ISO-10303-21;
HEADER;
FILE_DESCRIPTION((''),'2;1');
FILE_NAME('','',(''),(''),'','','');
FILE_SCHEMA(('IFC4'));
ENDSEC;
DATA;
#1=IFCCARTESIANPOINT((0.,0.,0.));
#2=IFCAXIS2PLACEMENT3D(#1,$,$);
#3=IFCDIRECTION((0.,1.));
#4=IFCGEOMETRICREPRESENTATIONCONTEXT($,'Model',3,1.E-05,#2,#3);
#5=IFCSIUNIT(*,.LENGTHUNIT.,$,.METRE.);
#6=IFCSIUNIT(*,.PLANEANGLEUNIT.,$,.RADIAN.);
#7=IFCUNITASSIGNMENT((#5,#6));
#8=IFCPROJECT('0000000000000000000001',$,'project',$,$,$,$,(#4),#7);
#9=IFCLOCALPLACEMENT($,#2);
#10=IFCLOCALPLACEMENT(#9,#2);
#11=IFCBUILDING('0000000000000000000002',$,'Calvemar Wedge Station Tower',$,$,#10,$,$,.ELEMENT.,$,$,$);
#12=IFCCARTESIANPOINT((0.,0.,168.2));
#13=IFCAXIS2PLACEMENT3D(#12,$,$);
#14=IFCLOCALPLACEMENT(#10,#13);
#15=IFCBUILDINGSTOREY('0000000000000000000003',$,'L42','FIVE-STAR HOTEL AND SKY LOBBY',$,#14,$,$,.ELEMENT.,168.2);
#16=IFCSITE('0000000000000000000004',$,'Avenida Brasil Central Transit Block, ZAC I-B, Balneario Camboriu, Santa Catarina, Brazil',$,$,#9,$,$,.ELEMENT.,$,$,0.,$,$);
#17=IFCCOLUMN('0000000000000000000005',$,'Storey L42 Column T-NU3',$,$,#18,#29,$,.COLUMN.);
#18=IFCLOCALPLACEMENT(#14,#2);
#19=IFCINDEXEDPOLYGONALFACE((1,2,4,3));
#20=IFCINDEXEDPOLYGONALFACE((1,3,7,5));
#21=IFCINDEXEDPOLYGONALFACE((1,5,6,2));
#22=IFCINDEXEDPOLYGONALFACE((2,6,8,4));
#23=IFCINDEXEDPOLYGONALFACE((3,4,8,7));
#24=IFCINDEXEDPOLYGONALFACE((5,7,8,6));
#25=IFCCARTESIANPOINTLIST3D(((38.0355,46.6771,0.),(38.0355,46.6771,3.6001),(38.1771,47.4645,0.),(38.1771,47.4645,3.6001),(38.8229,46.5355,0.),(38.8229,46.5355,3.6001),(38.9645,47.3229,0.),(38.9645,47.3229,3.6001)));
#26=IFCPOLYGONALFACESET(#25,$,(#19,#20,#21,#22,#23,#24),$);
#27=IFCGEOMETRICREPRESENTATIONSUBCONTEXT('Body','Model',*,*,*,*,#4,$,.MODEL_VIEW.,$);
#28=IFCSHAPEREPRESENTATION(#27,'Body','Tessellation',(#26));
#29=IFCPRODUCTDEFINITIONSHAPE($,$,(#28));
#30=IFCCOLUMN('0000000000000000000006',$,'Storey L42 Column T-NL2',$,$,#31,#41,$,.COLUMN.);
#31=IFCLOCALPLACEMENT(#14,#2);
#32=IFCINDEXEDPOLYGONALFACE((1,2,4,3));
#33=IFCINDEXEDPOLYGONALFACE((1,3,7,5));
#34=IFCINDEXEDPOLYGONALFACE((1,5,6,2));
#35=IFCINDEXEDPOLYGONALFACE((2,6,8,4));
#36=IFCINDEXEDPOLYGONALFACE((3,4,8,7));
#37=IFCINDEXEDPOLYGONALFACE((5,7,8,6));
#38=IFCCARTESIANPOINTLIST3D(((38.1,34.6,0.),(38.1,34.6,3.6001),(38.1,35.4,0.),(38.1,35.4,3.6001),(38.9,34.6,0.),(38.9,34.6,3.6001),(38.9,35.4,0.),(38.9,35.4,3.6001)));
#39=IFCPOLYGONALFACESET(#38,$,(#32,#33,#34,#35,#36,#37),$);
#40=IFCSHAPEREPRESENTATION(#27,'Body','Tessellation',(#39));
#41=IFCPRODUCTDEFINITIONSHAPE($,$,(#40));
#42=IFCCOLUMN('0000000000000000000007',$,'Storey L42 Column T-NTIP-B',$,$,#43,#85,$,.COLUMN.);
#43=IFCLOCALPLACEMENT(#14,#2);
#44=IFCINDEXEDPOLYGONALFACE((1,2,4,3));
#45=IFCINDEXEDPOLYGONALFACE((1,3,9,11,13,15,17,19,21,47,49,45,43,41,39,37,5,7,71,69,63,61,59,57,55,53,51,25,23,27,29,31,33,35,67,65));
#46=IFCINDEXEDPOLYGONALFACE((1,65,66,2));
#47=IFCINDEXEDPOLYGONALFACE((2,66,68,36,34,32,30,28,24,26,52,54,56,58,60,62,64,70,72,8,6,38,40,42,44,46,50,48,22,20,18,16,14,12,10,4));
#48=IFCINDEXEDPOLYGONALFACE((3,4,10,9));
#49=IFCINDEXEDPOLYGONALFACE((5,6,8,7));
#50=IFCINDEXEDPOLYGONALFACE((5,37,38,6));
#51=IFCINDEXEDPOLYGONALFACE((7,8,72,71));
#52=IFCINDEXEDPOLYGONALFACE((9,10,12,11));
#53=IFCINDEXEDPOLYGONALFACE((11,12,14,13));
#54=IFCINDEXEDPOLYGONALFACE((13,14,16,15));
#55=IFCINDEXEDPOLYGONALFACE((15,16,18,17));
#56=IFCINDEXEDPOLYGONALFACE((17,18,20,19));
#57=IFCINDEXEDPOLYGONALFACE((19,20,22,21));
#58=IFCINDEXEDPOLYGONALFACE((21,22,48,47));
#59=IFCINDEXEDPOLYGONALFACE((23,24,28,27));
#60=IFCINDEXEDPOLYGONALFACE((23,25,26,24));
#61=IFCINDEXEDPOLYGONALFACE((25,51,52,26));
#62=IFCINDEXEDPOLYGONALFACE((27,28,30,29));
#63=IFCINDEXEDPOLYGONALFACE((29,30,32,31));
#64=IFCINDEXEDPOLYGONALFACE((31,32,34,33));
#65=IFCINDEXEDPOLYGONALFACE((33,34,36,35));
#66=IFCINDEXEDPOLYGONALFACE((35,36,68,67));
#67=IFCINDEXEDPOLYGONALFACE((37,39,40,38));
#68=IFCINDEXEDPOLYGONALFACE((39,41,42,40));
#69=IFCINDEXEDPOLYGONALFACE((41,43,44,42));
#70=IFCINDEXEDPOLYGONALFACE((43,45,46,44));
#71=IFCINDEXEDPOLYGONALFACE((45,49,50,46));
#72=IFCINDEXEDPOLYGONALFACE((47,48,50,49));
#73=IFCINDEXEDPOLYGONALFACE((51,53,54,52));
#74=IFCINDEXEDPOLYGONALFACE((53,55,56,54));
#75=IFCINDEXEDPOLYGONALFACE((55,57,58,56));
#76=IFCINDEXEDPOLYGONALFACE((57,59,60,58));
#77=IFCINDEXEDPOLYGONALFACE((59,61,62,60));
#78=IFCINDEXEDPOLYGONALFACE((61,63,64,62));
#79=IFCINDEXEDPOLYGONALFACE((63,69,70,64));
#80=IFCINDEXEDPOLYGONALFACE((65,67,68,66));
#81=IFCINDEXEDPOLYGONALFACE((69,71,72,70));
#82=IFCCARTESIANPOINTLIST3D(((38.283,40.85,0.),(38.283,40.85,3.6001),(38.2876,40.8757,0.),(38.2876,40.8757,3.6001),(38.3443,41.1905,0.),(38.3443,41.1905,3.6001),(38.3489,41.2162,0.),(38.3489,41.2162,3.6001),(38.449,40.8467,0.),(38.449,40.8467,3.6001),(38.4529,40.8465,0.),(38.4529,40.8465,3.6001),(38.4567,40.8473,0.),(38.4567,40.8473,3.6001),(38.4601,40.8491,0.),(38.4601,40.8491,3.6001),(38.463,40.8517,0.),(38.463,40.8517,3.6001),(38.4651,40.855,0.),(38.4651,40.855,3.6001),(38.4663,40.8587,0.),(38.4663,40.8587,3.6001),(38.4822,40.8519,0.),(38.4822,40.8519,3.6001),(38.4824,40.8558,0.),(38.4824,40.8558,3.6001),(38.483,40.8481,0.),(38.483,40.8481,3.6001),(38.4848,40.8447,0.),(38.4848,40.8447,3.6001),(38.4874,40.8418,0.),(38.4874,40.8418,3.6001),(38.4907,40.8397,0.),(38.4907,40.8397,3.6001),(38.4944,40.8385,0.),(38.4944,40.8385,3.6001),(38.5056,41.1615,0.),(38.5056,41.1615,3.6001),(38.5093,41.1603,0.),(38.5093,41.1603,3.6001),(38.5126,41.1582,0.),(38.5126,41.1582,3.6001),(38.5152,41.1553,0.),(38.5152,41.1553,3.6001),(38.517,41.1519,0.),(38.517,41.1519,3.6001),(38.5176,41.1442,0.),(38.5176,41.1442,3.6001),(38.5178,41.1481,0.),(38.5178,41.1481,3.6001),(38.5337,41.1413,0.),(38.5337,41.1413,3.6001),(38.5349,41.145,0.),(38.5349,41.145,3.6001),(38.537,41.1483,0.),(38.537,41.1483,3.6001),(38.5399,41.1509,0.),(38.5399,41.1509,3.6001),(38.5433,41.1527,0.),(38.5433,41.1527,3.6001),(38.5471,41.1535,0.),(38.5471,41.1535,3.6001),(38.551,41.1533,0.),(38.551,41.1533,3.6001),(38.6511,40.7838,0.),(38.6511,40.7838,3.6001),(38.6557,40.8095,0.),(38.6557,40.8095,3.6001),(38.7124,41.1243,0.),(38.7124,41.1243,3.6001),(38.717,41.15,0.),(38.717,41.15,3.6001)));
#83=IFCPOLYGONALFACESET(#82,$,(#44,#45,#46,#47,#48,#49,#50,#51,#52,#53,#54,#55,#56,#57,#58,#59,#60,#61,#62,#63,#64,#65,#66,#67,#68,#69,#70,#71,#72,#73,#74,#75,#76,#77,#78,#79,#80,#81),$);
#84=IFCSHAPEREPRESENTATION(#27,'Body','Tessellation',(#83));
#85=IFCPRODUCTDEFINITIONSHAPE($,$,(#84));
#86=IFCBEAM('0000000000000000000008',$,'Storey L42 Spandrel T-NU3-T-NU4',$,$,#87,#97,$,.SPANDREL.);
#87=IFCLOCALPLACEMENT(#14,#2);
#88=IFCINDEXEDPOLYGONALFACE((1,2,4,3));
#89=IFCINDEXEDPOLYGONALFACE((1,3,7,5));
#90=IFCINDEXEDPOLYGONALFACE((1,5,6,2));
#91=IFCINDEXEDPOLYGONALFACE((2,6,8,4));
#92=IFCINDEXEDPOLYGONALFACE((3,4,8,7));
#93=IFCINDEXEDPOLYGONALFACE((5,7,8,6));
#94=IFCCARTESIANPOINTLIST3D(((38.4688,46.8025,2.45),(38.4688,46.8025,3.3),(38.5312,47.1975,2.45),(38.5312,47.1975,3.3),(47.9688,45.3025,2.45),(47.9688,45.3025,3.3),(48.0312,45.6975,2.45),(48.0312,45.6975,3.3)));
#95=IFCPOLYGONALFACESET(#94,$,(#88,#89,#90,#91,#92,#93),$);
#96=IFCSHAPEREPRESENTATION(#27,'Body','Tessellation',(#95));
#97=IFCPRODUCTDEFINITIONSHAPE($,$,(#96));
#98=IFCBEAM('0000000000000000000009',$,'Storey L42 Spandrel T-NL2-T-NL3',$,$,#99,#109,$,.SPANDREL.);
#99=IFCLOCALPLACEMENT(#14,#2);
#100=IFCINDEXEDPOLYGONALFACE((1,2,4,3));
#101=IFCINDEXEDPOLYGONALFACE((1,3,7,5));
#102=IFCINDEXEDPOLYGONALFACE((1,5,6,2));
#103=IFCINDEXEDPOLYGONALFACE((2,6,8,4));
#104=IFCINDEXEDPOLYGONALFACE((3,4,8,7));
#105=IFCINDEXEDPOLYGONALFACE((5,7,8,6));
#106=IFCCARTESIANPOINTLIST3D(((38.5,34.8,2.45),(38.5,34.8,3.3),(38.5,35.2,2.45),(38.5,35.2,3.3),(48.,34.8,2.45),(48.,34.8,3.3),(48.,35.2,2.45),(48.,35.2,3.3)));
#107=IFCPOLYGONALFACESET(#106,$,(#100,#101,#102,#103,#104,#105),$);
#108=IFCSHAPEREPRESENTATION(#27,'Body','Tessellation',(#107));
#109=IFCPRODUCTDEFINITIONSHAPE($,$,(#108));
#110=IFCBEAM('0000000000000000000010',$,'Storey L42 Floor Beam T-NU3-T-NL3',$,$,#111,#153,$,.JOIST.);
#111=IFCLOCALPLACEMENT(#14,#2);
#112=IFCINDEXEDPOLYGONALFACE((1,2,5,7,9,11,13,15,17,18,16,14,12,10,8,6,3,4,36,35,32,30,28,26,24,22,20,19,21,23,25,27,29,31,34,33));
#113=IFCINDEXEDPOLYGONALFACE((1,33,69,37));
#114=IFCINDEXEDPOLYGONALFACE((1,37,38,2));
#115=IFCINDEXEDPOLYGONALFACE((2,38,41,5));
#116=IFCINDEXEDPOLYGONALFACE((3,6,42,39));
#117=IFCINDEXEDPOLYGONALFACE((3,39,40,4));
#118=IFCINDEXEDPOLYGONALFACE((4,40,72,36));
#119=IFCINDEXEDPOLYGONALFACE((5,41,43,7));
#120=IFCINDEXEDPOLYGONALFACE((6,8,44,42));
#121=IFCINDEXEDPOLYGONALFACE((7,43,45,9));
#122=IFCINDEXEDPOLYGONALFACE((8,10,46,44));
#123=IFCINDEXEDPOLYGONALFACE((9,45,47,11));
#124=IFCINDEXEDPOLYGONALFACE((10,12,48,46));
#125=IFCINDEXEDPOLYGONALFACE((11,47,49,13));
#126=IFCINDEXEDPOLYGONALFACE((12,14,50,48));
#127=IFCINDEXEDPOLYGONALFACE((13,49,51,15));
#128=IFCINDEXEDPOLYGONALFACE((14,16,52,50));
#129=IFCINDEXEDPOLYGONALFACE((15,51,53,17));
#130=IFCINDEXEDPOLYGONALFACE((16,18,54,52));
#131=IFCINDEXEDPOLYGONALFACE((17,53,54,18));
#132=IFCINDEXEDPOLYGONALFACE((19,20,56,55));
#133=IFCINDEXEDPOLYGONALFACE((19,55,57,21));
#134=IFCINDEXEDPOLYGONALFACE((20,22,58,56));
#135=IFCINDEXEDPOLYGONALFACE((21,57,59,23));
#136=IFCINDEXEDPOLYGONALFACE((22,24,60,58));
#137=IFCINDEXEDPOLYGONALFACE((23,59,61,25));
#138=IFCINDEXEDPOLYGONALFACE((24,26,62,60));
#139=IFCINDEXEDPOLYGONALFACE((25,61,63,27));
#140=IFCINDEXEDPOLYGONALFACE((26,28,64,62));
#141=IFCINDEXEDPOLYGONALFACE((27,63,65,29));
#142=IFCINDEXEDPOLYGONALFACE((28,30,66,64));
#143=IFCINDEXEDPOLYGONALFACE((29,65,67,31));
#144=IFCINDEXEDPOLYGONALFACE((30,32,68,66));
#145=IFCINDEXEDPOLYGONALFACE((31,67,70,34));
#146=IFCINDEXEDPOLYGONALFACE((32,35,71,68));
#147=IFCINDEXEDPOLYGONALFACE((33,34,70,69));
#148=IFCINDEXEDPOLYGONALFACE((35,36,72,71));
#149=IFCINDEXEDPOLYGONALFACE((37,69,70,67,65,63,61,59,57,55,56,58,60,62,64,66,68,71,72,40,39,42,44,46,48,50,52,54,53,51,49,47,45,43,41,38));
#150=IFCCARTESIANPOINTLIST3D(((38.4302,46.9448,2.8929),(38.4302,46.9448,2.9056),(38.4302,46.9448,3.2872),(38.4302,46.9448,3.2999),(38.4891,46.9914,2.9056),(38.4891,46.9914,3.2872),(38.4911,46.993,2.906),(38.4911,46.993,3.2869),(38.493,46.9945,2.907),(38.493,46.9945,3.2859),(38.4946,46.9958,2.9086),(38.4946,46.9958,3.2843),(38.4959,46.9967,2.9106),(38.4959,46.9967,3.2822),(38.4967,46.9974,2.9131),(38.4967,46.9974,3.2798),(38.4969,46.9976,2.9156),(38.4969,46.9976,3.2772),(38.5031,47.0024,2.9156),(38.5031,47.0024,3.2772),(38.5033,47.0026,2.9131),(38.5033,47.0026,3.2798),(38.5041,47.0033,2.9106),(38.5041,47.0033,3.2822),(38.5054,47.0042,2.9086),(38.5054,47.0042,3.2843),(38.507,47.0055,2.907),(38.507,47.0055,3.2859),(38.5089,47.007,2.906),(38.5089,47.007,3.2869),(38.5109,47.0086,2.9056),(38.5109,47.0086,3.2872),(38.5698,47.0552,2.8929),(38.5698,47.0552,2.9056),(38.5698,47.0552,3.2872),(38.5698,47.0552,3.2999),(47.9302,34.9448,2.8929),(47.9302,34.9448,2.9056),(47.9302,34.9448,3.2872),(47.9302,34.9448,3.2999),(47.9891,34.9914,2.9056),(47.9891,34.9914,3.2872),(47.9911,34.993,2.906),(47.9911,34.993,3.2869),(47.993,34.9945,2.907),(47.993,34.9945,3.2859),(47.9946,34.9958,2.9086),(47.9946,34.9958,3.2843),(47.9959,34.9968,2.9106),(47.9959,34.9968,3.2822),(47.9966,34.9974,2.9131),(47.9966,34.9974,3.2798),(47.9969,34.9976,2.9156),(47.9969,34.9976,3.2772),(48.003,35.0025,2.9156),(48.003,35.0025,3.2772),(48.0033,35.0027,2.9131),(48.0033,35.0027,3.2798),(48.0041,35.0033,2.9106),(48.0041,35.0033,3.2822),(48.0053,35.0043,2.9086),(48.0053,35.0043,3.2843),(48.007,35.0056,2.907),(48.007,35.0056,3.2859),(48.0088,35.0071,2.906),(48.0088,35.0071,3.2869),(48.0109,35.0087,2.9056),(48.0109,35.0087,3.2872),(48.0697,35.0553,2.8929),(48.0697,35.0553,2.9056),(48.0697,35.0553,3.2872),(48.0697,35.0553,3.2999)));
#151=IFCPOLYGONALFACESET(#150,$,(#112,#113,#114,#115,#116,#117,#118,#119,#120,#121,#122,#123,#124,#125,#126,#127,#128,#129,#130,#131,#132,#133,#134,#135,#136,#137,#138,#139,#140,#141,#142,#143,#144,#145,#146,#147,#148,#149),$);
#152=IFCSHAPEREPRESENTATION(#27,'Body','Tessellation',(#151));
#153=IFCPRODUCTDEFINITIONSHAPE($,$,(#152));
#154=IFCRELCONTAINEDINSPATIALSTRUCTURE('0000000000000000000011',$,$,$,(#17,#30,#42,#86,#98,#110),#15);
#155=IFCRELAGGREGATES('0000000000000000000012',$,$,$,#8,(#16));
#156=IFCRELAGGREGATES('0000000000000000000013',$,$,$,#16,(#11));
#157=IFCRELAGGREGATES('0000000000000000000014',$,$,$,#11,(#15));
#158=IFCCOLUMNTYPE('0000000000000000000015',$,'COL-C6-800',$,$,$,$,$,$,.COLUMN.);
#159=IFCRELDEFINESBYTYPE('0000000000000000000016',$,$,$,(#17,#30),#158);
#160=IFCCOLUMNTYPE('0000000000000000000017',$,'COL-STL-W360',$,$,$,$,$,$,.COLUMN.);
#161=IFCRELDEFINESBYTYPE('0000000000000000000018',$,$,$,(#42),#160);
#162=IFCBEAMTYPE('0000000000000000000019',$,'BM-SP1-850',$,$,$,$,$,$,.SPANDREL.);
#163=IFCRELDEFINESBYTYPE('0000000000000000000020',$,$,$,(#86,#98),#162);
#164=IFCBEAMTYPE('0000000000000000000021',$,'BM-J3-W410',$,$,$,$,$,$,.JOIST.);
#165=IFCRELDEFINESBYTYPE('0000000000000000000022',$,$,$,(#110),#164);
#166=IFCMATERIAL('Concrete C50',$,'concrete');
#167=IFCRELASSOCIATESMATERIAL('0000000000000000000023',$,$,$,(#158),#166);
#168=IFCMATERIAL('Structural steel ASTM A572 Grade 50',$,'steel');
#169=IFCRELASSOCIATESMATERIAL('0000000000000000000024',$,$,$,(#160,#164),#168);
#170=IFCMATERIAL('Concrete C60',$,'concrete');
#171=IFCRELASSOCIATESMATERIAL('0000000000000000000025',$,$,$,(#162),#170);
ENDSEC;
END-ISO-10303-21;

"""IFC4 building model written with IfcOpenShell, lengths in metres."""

from ifc_helpers import new_model, si_unit, direction, frame, origin, origin_2d, place, context, subcontext, project, spatial, rectangle, i_section, extrude, source, transform, mapped, material, material_profile, profile_set, type_object, element, save


model = new_model("IFC4")

# Units and contexts
model_context = context("Model", 3, precision=1e-05, world=origin(), true_north=direction((0.0, 1.0)))
body_context = subcontext(model_context, "Body", "Model", "MODEL_VIEW")
ifc_project = project(units=[si_unit("LENGTHUNIT", "METRE"), si_unit("PLANEANGLEUNIT", "RADIAN")], contexts=[model_context])

# Site, building, storey
site_placement = place(None, origin())
site = spatial("IfcSite", under=ifc_project, at=site_placement, Name="Avenida Brasil Central Transit Block, ZAC I-B, Balneario Camboriu, Santa Catarina, Brazil", CompositionType="ELEMENT", RefElevation=0.0)
building_placement = place(site_placement, origin())
building = spatial("IfcBuilding", under=site, at=building_placement, Name="Calvemar Wedge Station Tower", CompositionType="ELEMENT")
storey_placement = place(building_placement, frame((0.0, 0.0, 168.2)))
storey = spatial("IfcBuildingStorey", under=building, at=storey_placement, Name="L42", Description="FIVE-STAR HOTEL AND SKY LOBBY", CompositionType="ELEMENT", Elevation=168.2)

# Columns
ifc_material_1 = material(Name="Concrete C50", Category="concrete")
ifc_material_profile_1 = material_profile(ifc_material_1, rectangle(XDim=0.8, YDim=0.8, at=origin_2d()), Name="RC800x800")
ifc_profile_set_1 = profile_set([ifc_material_profile_1], Name="Concrete C50")
column_type_1 = type_object("IfcColumnType", Name="COL-C6-800", PredefinedType="COLUMN", material=ifc_profile_set_1)
shared_shape_1 = source(origin(), body_context, "Body", "SweptSolid", [
    extrude(rectangle(XDim=0.8, YDim=0.8, at=origin_2d()), origin(), (0.0, 0.0, 1.0), 3.6001),
])
for number, where, z_axis, x_axis, name in (
    (1, (38.5, 47.0, 0.0), (0.0, 0.0, 1.0), (0.984196, -0.177085, 0.0), "Storey L42 Column T-NU3"),
    (2, (38.5, 35.0, 0.0), (0.0, 0.0, 1.0), (1.0, 0.0, 0.0), "Storey L42 Column T-NL2"),
):
    element("IfcColumn", number, at=place(storey_placement, frame(where, z_axis=z_axis, x_axis=x_axis)), inside=storey, type_object=column_type_1, Name=name, PredefinedType="COLUMN", context=body_context, shape_type="MappedRepresentation", body=[
        mapped(shared_shape_1, transform((0.0, 0.0, 0.0), scale=1.0)),
    ])
ifc_material_2 = material(Name="Structural steel ASTM A572 Grade 50", Category="steel")
ifc_material_profile_2 = material_profile(ifc_material_2, i_section(OverallWidth=0.374, OverallDepth=0.3721, WebThickness=0.0164, FlangeThickness=0.0261, FilletRadius=0.0149, at=origin_2d()), Name="W360x196")
ifc_profile_set_2 = profile_set([ifc_material_profile_2], Name="Structural steel ASTM A572 Grade 50")
column_type_2 = type_object("IfcColumnType", Name="COL-STL-W360", PredefinedType="COLUMN", material=ifc_profile_set_2)
shared_shape_2 = source(origin(), body_context, "Body", "SweptSolid", [
    extrude(i_section(OverallWidth=0.374, OverallDepth=0.3721, WebThickness=0.0164, FlangeThickness=0.0261, FilletRadius=0.0149, at=origin_2d()), origin(), (0.0, 0.0, 1.0), 3.6001),
])
column_placement = place(storey_placement, frame((38.5, 41.0, 0.0), z_axis=(0.0, 0.0, 1.0), x_axis=(0.984196, -0.177085, 0.0)))
element("IfcColumn", 3, at=column_placement, inside=storey, type_object=column_type_2, Name="Storey L42 Column T-NTIP-B", PredefinedType="COLUMN", context=body_context, shape_type="MappedRepresentation", body=[
    mapped(shared_shape_2, transform((0.0, 0.0, 0.0), scale=1.0)),
])

# Beams
ifc_material_3 = material(Name="Concrete C60", Category="concrete")
ifc_material_profile_3 = material_profile(ifc_material_3, rectangle(XDim=0.3999, YDim=0.8501, at=origin_2d()), Name="RC400x850")
ifc_profile_set_3 = profile_set([ifc_material_profile_3], Name="Concrete C60")
beam_type_1 = type_object("IfcBeamType", Name="BM-SP1-850", PredefinedType="SPANDREL", material=ifc_profile_set_3)
shared_shape_3 = source(origin(), body_context, "Body", "SweptSolid", [
    extrude(rectangle(XDim=0.3999, YDim=0.8501, at=origin_2d()), origin(), (0.0, 0.0, 1.0), 9.6177),
])
beam_1_placement = place(storey_placement, frame((38.5, 47.0, 2.875), z_axis=(0.987763, -0.155963, 0.0), x_axis=(0.155963, 0.987763, 0.0)))
element("IfcBeam", 4, at=beam_1_placement, inside=storey, type_object=beam_type_1, Name="Storey L42 Spandrel T-NU3-T-NU4", PredefinedType="SPANDREL", context=body_context, shape_type="MappedRepresentation", body=[
    mapped(shared_shape_3, transform((0.0, 0.0, 0.0), scale=1.0)),
])
shared_shape_4 = source(origin(), body_context, "Body", "SweptSolid", [
    extrude(rectangle(XDim=0.3999, YDim=0.8501, at=origin_2d()), origin(), (0.0, 0.0, 1.0), 9.5),
])
beam_2_placement = place(storey_placement, frame((38.5, 35.0, 2.875), z_axis=(1.0, 0.0, 0.0), x_axis=(0.0, 1.0, 0.0)))
element("IfcBeam", 5, at=beam_2_placement, inside=storey, type_object=beam_type_1, Name="Storey L42 Spandrel T-NL2-T-NL3", PredefinedType="SPANDREL", context=body_context, shape_type="MappedRepresentation", body=[
    mapped(shared_shape_4, transform((0.0, 0.0, 0.0), scale=1.0)),
])
ifc_material_profile_4 = material_profile(ifc_material_2, i_section(OverallWidth=0.178, OverallDepth=0.407, WebThickness=0.0078, FlangeThickness=0.0127, FilletRadius=0.01, at=origin_2d()), Name="W410x60")
ifc_profile_set_4 = profile_set([ifc_material_profile_4], Name="Structural steel ASTM A572 Grade 50")
beam_type_2 = type_object("IfcBeamType", Name="BM-J3-W410", PredefinedType="JOIST", material=ifc_profile_set_4)
shared_shape_5 = source(origin(), body_context, "Body", "SweptSolid", [
    extrude(i_section(OverallWidth=0.178, OverallDepth=0.407, WebThickness=0.0078, FlangeThickness=0.0127, FilletRadius=0.01, at=origin_2d()), origin(), (0.0, 0.0, 1.0), 15.3052),
])
beam_3_placement = place(storey_placement, frame((38.5, 47.0, 3.0964), z_axis=(0.620703, -0.784046, 0.0), x_axis=(0.784046, 0.620703, 0.0)))
element("IfcBeam", 6, at=beam_3_placement, inside=storey, type_object=beam_type_2, Name="Storey L42 Floor Beam T-NU3-T-NL3", PredefinedType="JOIST", context=body_context, shape_type="MappedRepresentation", body=[
    mapped(shared_shape_5, transform((0.0, 0.0, 0.0), scale=1.0)),
])

save(model, "model.ifc")
